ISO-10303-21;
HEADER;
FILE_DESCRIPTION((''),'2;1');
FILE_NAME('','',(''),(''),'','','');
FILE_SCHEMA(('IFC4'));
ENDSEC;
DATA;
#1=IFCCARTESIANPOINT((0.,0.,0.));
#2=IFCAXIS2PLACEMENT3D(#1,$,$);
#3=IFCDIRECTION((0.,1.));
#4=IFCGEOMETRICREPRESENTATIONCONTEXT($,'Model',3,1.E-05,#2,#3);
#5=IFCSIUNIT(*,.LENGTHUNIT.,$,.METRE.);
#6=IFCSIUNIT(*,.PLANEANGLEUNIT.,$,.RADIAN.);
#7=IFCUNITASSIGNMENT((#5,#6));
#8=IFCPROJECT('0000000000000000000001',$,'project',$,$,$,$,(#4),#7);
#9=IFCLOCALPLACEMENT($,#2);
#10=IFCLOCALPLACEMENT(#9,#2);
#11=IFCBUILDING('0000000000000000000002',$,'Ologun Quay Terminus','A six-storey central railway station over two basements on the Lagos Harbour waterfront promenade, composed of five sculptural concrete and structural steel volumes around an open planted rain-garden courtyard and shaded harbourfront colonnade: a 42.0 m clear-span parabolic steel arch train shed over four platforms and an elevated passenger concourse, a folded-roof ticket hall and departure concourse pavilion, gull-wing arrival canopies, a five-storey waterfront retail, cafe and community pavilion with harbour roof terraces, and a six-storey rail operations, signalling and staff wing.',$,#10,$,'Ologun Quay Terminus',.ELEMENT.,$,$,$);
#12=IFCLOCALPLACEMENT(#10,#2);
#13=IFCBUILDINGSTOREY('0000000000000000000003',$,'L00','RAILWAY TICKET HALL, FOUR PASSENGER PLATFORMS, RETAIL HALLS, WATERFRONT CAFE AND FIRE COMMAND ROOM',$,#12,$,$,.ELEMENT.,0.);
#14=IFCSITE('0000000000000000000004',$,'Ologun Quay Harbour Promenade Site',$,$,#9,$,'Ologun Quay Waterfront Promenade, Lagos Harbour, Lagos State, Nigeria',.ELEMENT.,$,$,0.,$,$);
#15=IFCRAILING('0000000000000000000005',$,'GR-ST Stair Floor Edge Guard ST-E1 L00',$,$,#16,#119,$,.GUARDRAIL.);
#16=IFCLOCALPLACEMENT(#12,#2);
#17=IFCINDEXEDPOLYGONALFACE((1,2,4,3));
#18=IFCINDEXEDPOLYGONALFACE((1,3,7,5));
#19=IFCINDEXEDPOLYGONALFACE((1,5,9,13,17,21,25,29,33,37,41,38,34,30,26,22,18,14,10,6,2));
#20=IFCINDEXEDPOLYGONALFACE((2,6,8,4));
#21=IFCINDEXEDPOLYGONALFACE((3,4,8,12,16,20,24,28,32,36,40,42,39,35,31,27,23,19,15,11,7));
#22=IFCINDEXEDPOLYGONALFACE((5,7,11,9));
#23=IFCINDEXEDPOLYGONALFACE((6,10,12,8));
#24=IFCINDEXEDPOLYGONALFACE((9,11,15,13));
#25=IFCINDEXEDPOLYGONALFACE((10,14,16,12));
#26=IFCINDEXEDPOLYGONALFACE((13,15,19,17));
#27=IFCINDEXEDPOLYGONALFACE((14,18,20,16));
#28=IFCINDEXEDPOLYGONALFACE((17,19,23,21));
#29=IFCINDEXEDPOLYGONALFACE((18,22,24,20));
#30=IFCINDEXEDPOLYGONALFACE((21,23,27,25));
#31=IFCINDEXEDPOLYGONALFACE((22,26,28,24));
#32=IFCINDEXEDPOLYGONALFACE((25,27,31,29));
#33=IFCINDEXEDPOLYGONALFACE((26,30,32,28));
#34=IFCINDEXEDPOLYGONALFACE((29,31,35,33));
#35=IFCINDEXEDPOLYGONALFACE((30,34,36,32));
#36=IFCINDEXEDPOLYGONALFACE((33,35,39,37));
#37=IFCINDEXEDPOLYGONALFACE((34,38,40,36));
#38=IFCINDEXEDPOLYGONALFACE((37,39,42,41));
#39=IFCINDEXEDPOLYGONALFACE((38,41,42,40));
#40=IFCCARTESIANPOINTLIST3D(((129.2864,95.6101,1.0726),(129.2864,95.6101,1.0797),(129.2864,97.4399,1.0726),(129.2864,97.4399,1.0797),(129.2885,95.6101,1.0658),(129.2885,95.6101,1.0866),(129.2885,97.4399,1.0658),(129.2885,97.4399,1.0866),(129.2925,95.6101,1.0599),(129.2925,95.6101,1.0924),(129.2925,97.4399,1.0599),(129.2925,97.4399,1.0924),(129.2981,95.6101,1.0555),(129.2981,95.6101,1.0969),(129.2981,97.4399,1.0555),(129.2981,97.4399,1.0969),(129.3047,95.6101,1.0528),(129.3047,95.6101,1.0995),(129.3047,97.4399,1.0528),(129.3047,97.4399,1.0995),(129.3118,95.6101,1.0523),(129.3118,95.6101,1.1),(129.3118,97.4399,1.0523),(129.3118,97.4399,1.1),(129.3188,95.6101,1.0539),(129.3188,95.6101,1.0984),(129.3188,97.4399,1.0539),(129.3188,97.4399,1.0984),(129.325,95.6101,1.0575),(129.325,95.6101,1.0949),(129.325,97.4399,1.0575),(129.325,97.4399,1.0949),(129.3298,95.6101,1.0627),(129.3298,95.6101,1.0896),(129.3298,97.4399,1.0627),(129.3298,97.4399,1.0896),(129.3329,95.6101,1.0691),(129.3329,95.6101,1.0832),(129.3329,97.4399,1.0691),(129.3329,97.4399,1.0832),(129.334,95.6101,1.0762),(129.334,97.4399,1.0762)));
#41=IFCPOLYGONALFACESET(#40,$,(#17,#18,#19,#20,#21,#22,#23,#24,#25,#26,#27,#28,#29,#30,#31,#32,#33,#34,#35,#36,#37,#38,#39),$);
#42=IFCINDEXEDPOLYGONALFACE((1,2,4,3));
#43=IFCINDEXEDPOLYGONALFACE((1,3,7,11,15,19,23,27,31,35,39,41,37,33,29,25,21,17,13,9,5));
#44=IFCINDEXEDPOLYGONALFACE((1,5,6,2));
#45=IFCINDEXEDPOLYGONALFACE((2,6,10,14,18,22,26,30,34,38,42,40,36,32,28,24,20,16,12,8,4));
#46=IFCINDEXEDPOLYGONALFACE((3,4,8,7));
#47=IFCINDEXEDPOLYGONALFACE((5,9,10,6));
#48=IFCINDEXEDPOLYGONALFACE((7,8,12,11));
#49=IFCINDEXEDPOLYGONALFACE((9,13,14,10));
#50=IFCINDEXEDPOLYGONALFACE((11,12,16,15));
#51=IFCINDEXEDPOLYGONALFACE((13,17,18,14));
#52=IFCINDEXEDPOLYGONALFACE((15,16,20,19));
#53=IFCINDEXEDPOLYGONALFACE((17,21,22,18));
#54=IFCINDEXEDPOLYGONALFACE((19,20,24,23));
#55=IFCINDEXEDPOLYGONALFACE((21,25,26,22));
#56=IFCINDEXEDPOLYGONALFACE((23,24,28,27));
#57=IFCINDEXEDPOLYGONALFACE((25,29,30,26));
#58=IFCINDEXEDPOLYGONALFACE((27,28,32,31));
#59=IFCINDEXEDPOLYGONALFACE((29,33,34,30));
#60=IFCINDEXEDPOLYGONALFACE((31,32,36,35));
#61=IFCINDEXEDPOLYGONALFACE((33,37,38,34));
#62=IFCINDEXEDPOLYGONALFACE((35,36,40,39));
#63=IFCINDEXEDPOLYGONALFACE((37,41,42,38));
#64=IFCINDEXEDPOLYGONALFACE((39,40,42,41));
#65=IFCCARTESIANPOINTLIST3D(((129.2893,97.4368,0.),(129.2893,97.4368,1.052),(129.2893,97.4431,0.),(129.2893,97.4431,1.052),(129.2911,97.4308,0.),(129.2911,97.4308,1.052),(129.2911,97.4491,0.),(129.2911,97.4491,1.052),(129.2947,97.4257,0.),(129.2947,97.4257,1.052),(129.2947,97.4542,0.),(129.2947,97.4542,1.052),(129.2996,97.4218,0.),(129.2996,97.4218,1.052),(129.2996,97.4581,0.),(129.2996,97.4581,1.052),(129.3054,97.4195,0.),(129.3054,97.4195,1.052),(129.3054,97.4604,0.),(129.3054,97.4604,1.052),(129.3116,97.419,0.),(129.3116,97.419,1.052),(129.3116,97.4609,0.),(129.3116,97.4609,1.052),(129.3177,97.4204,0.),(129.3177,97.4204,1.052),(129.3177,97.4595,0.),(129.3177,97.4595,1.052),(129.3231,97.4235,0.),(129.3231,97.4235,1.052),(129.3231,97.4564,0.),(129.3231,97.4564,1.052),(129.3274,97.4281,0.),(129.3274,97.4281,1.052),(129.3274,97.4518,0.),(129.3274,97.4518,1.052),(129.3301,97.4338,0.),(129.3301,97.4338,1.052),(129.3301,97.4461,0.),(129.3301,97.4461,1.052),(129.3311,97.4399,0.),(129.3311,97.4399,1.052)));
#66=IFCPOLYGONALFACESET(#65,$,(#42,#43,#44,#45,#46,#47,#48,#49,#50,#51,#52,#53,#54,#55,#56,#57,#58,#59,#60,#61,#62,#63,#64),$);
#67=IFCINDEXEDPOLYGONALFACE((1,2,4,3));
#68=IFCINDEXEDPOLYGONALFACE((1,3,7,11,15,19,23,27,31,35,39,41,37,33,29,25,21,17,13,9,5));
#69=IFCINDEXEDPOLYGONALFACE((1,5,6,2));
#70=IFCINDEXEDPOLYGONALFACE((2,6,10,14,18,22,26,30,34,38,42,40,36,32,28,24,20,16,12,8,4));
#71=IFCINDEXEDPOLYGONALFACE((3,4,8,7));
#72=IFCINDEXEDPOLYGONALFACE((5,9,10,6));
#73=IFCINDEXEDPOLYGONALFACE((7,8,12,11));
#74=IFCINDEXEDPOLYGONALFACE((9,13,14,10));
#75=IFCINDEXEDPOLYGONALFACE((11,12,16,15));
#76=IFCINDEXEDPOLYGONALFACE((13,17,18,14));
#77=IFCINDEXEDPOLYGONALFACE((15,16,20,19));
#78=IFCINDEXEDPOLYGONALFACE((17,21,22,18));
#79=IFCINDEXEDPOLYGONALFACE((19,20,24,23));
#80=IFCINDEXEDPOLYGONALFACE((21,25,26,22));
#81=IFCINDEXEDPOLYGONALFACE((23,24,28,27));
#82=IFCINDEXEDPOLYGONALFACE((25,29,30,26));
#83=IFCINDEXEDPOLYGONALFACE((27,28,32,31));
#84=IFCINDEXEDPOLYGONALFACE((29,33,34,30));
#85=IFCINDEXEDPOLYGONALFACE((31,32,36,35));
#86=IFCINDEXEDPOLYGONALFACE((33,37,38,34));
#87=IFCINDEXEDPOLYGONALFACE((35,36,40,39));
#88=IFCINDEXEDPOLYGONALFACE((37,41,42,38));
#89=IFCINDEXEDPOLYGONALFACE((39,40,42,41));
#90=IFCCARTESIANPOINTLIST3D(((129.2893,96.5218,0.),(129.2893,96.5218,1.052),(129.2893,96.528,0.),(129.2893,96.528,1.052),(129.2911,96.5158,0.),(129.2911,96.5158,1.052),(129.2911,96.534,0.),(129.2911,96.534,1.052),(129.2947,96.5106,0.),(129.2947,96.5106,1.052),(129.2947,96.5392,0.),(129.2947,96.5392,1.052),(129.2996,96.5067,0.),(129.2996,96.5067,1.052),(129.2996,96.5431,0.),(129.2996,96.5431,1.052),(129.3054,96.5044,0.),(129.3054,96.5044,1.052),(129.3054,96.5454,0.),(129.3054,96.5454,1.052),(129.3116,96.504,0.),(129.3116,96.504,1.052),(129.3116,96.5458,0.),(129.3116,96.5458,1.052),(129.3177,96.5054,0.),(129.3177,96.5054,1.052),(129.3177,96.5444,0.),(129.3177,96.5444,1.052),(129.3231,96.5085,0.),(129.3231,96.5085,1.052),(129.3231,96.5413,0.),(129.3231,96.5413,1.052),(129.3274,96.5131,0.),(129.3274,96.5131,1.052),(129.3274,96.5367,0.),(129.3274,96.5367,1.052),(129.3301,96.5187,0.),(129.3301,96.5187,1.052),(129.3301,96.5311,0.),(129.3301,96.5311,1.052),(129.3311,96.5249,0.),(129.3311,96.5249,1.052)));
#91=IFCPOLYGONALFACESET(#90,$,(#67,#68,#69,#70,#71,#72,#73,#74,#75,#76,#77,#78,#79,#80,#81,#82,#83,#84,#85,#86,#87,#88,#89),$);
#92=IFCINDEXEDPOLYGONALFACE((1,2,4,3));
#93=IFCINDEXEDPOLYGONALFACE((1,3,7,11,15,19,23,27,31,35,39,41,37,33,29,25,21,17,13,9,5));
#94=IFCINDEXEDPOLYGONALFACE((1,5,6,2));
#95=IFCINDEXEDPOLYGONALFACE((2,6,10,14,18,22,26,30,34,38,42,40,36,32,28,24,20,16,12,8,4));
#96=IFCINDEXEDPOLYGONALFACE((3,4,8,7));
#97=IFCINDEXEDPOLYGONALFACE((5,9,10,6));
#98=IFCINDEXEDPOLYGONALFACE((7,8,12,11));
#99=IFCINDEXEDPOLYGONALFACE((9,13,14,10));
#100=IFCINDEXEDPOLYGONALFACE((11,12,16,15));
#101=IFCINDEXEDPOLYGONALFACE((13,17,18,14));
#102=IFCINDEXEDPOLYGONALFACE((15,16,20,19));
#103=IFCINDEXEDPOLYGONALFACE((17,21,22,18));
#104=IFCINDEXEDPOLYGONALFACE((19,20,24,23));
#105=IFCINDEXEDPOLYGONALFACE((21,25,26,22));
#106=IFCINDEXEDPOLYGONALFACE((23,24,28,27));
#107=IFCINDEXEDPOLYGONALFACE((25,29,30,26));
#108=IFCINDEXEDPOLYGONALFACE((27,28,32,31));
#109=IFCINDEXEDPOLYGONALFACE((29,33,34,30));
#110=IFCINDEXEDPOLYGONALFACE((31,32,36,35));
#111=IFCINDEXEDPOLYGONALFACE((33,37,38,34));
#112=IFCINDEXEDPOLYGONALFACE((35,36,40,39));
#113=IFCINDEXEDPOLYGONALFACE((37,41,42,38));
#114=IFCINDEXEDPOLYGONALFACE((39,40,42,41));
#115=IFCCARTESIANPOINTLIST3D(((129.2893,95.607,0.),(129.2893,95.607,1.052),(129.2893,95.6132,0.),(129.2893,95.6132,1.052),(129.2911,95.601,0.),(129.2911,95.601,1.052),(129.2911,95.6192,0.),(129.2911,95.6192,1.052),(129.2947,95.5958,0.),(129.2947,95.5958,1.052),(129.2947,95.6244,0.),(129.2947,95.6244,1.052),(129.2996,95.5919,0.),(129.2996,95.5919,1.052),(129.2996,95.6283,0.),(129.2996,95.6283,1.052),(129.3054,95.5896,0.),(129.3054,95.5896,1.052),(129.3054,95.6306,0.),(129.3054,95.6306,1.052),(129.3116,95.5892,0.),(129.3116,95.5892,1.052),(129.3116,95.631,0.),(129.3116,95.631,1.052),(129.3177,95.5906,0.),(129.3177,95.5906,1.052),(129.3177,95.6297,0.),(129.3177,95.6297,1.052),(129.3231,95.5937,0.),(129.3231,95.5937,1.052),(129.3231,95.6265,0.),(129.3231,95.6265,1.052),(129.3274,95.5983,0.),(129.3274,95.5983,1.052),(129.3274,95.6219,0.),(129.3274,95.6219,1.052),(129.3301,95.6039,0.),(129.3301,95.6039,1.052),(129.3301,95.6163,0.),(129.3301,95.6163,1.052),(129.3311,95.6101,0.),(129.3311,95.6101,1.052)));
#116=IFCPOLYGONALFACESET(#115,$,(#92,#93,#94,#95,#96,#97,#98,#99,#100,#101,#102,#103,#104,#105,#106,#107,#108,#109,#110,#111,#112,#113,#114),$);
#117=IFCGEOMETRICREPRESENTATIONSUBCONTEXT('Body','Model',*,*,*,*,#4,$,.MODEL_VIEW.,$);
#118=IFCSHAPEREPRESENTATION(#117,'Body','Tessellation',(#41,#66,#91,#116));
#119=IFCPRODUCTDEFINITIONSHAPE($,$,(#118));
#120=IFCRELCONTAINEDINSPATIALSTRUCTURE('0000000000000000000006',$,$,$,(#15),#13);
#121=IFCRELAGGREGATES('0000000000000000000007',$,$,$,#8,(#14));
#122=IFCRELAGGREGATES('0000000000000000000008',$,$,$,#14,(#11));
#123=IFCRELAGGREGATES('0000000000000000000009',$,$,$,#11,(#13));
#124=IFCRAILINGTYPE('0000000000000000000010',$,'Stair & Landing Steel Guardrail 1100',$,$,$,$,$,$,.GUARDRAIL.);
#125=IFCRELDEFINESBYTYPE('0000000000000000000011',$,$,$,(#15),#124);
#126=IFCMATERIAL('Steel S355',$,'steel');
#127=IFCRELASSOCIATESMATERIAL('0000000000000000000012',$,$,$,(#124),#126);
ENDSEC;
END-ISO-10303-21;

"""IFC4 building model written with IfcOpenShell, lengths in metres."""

from ifc_helpers import new_model, si_unit, direction, frame, origin, origin_2d, place, context, subcontext, project, spatial, circle, extrude, material, type_object, element, save


model = new_model("IFC4")

# Units and contexts
model_context = context("Model", 3, precision=1e-05, world=origin(), true_north=direction((0.0, 1.0)))
body_context = subcontext(model_context, "Body", "Model", "MODEL_VIEW")
ifc_project = project(units=[si_unit("LENGTHUNIT", "METRE"), si_unit("PLANEANGLEUNIT", "RADIAN")], contexts=[model_context])

# Site, building, storey
site_placement = place(None, origin())
site = spatial("IfcSite", under=ifc_project, at=site_placement, Name="Ologun Quay Harbour Promenade Site", LongName="Ologun Quay Waterfront Promenade, Lagos Harbour, Lagos State, Nigeria", CompositionType="ELEMENT", RefElevation=0.0)
building_placement = place(site_placement, origin())
building = spatial("IfcBuilding", under=site, at=building_placement, Name="Ologun Quay Terminus", Description="A six-storey central railway station over two basements on the Lagos Harbour waterfront promenade, composed of five sculptural concrete and structural steel volumes around an open planted rain-garden courtyard and shaded harbourfront colonnade: a 42.0 m clear-span parabolic steel arch train shed over four platforms and an elevated passenger concourse, a folded-roof ticket hall and departure concourse pavilion, gull-wing arrival canopies, a five-storey waterfront retail, cafe and community pavilion with harbour roof terraces, and a six-storey rail operations, signalling and staff wing.", LongName="Ologun Quay Terminus", CompositionType="ELEMENT")
storey_placement = place(building_placement, origin())
storey = spatial("IfcBuildingStorey", under=building, at=storey_placement, Name="L00", Description="RAILWAY TICKET HALL, FOUR PASSENGER PLATFORMS, RETAIL HALLS, WATERFRONT CAFE AND FIRE COMMAND ROOM", CompositionType="ELEMENT", Elevation=0.0)

# Railing
ifc_material_1 = material(Name="Steel S355", Category="steel")
railing_type_1 = type_object("IfcRailingType", Name="Stair & Landing Steel Guardrail 1100", PredefinedType="GUARDRAIL", material=ifc_material_1)
railing_1_placement = place(storey_placement, frame((129.3101, 97.4399, 0.0)))
element("IfcRailing", 1, at=railing_1_placement, inside=storey, type_object=railing_type_1, Name="GR-ST Stair Floor Edge Guard ST-E1 L00", PredefinedType="GUARDRAIL", context=body_context, shape_type="SweptSolid", body=[
    extrude(circle(Radius=0.0239, at=origin_2d()), frame((0.0, 0.0, 1.0762), z_axis=(0.0, -1.0, 0.0), x_axis=(1.0, 0.0, 0.0)), (0.0, 0.0, 1.0), 1.8298),
    extrude(circle(Radius=0.021, at=origin_2d()), origin(), (0.0, 0.0, 1.0), 1.052),
    extrude(circle(Radius=0.021, at=origin_2d()), frame((0.0, -0.915, 0.0)), (0.0, 0.0, 1.0), 1.052),
    extrude(circle(Radius=0.021, at=origin_2d()), frame((0.0, -1.8298, 0.0)), (0.0, 0.0, 1.0), 1.052),
])

save(model, "model.ifc")
